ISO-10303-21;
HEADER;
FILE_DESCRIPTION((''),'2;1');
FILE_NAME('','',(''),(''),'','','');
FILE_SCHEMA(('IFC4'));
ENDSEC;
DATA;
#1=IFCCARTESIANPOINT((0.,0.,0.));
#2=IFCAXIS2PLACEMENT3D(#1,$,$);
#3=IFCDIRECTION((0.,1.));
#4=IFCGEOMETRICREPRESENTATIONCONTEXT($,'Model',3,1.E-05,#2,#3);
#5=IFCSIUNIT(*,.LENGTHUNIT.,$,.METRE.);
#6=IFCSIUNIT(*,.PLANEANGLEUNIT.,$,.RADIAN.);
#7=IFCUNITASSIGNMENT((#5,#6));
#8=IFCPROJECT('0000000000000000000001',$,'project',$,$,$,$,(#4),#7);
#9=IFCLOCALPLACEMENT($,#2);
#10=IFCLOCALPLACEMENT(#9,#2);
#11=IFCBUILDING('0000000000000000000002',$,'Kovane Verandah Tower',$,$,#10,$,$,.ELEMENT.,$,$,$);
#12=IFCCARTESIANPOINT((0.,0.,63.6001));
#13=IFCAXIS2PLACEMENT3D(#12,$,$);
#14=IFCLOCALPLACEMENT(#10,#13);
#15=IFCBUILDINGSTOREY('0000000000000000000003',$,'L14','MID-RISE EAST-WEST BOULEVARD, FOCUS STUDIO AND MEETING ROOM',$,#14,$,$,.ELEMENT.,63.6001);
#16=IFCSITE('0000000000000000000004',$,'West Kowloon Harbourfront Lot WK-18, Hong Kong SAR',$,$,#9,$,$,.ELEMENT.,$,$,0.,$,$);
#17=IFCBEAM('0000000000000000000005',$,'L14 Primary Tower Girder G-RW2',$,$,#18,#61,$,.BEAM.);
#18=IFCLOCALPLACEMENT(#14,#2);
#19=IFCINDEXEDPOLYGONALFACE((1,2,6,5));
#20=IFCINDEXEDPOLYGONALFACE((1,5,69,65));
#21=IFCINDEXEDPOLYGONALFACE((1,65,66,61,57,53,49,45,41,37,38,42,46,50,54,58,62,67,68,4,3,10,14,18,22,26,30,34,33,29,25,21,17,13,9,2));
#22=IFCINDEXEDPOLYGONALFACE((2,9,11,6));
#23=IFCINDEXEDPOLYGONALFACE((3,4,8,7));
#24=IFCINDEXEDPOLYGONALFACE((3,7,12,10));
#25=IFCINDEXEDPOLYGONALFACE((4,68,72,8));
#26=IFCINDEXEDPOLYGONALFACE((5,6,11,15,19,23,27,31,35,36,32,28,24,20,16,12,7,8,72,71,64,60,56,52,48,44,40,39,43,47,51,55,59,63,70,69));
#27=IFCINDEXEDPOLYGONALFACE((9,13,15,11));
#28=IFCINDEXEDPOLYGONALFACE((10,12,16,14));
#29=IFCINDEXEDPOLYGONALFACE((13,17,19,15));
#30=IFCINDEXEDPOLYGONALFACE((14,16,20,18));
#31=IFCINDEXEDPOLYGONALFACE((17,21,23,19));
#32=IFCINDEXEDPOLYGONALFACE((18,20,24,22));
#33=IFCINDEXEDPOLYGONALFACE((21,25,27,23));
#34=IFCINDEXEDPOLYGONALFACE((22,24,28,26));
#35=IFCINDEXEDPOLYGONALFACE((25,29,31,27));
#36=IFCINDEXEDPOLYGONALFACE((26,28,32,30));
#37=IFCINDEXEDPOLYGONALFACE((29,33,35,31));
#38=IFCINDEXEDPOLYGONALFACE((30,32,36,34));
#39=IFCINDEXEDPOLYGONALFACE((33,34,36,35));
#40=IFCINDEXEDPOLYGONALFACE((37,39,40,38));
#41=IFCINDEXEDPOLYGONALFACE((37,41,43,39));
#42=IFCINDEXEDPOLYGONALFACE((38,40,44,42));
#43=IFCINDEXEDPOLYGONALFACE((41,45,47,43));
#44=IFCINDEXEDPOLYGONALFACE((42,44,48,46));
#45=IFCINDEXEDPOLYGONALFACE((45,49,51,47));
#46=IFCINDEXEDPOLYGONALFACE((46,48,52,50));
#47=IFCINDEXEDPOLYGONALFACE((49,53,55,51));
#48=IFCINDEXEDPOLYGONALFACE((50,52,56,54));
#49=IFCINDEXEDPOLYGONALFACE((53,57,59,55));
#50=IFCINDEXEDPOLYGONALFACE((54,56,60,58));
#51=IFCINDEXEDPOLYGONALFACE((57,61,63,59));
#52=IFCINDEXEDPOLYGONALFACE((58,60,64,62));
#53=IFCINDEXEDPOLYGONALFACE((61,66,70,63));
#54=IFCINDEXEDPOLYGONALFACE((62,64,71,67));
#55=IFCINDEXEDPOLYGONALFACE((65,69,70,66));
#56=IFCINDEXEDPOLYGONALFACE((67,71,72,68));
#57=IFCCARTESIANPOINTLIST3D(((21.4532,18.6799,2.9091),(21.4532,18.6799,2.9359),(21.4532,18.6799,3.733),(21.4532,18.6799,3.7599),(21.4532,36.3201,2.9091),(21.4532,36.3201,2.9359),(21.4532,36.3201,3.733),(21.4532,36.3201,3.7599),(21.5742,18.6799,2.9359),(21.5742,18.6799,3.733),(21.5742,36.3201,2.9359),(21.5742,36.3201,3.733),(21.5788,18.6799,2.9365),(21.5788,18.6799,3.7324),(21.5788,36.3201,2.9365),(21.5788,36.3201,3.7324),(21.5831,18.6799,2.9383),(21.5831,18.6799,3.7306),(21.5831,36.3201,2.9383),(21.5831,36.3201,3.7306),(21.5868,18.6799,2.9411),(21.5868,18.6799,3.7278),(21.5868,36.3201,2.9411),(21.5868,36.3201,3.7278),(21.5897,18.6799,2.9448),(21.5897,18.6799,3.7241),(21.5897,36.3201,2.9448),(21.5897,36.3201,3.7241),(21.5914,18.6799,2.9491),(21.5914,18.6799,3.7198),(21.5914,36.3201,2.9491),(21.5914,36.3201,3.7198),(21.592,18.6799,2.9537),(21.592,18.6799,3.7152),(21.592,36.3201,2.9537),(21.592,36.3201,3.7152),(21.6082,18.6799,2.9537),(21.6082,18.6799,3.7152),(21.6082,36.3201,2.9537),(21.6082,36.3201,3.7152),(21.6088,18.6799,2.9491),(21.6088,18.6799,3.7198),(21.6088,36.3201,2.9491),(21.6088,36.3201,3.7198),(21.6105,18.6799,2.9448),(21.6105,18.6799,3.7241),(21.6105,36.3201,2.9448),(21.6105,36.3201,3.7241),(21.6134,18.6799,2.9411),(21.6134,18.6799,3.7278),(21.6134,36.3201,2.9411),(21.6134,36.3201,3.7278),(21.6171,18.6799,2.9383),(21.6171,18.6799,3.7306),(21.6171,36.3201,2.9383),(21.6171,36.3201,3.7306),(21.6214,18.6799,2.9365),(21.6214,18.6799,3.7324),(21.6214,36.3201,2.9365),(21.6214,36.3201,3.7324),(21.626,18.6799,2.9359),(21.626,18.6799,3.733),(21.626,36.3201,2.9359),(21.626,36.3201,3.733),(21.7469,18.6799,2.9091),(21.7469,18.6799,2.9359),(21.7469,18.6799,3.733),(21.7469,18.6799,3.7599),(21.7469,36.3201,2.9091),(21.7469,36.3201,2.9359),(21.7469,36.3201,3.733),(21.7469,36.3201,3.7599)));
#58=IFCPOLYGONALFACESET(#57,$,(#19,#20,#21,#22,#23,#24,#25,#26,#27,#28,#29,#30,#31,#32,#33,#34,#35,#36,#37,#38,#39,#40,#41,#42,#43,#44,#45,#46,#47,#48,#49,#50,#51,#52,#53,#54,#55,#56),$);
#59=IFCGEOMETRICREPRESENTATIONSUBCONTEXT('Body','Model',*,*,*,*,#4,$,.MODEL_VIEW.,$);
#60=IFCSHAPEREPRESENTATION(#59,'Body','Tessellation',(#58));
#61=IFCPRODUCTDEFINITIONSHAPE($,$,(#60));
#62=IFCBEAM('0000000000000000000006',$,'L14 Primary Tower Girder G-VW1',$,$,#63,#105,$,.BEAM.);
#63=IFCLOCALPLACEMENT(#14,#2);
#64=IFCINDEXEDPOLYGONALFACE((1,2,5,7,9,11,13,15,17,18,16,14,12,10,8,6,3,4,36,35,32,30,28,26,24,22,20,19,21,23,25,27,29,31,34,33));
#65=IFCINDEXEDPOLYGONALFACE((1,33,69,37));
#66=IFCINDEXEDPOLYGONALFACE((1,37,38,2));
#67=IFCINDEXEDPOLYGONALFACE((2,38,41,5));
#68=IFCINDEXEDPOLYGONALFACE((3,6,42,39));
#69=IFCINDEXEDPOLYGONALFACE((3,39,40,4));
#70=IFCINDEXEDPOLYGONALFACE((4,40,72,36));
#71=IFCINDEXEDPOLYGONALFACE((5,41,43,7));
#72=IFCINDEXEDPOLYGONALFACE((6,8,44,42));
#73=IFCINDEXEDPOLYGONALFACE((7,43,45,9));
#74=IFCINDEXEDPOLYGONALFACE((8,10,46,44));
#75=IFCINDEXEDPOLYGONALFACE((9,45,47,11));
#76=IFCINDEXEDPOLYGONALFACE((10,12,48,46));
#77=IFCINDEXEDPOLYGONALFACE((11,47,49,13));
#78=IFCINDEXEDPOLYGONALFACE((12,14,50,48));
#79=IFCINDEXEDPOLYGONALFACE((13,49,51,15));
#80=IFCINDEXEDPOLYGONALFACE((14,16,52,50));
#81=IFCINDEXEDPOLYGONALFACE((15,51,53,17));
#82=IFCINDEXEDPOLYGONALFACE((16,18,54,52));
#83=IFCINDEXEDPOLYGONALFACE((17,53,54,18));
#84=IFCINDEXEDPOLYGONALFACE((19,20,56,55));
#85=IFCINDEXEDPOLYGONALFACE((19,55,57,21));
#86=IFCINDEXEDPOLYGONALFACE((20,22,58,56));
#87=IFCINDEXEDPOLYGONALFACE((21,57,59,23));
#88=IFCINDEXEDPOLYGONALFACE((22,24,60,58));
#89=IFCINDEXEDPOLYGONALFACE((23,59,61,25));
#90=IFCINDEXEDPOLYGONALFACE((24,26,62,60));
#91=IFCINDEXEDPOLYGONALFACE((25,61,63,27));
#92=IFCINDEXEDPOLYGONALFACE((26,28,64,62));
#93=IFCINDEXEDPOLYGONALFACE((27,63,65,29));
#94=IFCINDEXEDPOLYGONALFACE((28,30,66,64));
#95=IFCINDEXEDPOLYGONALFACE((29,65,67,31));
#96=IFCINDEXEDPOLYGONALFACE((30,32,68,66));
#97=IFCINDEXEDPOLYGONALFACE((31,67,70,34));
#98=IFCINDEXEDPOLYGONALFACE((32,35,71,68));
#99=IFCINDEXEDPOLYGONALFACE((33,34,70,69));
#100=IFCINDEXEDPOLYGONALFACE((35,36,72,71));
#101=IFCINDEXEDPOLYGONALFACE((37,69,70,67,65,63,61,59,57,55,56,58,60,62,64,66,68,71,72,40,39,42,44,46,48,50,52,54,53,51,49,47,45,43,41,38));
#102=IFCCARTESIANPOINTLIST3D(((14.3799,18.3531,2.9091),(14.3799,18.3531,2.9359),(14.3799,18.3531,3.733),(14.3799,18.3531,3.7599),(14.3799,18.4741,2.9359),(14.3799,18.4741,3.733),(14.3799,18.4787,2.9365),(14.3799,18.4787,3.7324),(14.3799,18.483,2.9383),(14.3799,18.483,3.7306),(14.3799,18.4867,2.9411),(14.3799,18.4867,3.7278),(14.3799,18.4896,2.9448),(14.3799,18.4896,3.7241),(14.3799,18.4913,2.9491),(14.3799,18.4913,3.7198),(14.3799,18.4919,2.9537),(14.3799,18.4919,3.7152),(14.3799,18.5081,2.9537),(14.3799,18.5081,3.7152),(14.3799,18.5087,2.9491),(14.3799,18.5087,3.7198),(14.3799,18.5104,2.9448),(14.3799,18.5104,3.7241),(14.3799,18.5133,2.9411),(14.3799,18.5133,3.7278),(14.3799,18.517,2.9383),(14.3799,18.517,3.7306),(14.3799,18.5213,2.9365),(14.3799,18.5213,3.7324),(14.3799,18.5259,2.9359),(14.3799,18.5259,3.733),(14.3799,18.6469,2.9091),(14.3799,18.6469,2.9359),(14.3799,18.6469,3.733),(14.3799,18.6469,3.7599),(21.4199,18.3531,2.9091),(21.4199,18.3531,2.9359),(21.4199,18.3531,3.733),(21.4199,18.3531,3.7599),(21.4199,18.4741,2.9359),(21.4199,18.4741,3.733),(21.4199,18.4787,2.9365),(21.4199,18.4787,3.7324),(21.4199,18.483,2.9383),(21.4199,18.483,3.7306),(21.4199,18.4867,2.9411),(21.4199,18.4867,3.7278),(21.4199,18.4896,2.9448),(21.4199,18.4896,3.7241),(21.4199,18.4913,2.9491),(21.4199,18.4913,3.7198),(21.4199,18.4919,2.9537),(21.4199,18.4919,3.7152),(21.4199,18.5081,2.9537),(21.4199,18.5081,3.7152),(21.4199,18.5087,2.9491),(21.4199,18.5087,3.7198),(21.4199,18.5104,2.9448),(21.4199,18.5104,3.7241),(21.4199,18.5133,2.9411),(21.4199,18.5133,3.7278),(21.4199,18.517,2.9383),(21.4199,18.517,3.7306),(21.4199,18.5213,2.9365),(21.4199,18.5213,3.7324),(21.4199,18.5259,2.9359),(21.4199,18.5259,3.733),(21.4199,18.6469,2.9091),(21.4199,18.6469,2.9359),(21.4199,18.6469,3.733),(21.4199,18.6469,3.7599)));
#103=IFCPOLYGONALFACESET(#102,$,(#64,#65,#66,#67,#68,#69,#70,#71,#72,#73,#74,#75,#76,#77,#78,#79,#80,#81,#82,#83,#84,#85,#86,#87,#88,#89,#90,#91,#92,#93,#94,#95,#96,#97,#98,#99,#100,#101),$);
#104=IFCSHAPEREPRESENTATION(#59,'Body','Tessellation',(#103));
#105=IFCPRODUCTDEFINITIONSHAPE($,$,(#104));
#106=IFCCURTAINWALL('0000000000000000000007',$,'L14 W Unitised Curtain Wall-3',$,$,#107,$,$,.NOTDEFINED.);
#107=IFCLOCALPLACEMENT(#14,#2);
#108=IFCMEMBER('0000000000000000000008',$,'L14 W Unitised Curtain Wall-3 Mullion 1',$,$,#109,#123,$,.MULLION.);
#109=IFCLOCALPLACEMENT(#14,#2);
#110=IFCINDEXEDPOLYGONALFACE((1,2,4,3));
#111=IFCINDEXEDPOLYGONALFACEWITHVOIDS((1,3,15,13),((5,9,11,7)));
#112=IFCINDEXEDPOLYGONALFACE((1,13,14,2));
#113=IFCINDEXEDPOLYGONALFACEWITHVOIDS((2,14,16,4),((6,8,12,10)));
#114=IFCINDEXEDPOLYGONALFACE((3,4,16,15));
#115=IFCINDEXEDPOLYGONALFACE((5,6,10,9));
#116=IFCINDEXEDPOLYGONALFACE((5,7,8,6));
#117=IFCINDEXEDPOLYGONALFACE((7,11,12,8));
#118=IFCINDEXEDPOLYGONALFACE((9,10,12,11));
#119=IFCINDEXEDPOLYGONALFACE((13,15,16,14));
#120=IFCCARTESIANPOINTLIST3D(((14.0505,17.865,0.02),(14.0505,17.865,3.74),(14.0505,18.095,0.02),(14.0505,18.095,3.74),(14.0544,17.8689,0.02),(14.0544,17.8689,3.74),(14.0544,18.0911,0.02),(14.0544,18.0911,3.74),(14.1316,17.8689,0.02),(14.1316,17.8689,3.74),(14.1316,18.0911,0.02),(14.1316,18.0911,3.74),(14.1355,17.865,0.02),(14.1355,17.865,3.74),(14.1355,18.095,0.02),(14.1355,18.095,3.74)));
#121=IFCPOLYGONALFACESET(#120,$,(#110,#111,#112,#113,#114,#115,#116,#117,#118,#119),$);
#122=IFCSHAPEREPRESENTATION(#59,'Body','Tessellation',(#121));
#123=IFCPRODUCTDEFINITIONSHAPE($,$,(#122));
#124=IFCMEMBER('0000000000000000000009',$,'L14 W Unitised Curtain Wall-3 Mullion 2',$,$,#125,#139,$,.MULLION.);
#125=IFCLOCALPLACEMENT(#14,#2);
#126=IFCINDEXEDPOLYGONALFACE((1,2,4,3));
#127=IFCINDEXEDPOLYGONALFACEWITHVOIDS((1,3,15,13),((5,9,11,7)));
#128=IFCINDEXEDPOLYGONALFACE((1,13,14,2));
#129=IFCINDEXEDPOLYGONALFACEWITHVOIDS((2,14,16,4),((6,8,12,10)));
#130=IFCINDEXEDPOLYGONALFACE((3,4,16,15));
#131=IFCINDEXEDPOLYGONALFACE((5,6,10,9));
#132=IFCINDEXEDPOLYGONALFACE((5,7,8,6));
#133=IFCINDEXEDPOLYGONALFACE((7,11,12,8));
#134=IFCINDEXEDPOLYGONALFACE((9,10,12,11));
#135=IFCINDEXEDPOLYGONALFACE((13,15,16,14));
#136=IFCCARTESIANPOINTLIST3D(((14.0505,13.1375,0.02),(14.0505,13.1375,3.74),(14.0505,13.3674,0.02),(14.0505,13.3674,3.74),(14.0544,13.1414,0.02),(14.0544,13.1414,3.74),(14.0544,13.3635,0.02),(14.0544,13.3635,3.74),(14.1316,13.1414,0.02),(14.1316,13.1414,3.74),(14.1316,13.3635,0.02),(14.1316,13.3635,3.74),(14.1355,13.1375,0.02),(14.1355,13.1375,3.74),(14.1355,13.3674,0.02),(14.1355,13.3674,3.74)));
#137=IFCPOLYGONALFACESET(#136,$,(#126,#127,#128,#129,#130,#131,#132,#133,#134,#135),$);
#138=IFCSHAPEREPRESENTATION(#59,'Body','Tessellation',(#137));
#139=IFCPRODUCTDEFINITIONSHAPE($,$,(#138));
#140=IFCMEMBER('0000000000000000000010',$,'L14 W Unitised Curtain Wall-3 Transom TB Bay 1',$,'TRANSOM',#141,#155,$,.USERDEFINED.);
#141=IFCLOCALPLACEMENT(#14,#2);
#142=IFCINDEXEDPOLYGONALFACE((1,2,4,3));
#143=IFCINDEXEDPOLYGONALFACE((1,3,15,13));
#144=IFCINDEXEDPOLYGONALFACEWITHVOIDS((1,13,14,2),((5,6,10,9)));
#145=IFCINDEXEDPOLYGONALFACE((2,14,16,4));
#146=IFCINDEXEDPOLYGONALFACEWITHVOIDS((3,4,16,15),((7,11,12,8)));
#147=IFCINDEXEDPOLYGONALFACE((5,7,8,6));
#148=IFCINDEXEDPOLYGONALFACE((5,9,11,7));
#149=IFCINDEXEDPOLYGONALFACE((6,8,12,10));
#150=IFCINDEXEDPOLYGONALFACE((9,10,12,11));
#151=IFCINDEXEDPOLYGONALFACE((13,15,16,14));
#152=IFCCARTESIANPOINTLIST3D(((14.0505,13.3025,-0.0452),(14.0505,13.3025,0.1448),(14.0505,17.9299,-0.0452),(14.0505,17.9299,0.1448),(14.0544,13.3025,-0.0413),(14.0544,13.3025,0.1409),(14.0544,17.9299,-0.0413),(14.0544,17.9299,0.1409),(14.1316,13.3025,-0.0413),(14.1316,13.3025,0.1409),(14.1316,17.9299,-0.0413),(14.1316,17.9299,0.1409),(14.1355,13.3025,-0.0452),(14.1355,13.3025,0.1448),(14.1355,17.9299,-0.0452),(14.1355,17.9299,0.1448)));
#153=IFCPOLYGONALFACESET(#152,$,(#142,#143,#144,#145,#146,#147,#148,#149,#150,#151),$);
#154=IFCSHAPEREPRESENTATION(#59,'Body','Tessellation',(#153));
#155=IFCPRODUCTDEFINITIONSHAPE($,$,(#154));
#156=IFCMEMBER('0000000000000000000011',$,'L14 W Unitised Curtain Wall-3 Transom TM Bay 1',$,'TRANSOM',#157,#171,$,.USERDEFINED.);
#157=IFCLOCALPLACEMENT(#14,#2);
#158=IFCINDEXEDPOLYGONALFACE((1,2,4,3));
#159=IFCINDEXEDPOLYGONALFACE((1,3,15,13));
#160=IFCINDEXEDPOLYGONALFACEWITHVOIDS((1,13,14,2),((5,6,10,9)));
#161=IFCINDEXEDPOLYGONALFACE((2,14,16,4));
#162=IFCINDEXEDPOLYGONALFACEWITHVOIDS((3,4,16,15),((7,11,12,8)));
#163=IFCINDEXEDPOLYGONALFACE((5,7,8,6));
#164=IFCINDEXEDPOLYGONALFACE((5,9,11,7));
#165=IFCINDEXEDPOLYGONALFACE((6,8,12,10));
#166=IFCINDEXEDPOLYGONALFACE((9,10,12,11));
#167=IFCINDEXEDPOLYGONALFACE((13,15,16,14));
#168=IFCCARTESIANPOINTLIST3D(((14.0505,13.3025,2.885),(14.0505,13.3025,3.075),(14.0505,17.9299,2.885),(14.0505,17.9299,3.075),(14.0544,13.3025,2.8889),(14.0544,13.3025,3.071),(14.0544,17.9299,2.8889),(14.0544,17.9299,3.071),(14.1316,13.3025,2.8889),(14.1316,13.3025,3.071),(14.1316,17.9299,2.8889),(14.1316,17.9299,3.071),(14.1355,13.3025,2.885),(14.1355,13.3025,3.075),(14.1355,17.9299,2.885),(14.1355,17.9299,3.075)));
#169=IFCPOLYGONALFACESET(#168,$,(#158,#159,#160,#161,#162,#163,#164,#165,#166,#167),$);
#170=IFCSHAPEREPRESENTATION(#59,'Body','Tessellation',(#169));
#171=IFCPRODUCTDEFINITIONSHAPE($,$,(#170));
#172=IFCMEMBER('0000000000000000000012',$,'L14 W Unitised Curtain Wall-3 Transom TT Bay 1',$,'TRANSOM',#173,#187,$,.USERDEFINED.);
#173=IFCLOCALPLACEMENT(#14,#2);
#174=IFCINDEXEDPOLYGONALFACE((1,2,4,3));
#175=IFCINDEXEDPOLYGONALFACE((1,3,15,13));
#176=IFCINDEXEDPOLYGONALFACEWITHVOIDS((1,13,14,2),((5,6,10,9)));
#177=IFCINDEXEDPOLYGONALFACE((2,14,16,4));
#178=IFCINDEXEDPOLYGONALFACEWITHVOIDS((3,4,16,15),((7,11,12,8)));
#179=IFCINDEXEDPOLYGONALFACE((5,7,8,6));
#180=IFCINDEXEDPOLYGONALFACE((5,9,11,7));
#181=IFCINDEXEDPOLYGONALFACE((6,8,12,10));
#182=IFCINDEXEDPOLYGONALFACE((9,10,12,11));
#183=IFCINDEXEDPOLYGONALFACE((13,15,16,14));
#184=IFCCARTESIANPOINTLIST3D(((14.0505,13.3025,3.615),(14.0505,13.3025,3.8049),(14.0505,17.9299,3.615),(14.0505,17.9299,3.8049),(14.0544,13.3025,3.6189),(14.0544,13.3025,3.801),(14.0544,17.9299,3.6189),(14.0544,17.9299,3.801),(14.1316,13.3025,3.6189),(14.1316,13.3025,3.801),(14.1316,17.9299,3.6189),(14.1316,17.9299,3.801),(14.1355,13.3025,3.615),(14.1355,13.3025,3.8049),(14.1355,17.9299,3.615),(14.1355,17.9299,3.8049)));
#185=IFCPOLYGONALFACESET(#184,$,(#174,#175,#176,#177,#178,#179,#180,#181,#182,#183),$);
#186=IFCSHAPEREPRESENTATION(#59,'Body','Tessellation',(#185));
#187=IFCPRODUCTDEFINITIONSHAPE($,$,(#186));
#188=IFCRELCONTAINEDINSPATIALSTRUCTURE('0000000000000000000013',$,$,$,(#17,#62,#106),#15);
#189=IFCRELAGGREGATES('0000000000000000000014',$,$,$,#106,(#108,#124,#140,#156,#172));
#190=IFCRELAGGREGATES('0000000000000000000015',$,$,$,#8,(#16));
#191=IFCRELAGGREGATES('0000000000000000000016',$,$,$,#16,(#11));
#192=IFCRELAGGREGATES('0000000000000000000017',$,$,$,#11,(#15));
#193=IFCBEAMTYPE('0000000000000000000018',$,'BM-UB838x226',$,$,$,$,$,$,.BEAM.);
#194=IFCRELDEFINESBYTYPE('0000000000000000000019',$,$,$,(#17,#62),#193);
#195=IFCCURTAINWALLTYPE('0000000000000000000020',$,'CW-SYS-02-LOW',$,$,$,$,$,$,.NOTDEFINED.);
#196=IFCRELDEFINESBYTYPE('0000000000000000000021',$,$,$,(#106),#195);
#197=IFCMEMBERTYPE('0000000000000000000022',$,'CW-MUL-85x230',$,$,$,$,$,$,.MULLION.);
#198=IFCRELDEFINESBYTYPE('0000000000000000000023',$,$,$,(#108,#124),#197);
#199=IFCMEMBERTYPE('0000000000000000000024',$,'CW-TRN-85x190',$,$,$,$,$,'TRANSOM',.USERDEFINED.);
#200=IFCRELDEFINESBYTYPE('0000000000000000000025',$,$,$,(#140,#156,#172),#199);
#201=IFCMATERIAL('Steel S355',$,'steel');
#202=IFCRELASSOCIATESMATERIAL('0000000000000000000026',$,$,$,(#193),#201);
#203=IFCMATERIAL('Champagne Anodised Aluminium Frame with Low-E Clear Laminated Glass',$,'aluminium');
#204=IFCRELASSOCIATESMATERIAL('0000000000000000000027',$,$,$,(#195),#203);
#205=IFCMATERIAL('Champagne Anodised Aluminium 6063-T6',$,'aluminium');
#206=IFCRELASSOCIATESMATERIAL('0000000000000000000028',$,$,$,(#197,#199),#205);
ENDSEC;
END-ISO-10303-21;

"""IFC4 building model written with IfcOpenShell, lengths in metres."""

from ifc_helpers import new_model, si_unit, direction, frame, origin, origin_2d, place, context, subcontext, project, spatial, hollow_rectangle, i_section, extrude, material, material_profile, profile_set, type_object, element, aggregate, save


model = new_model("IFC4")

# Units and contexts
model_context = context("Model", 3, precision=1e-05, world=origin(), true_north=direction((0.0, 1.0)))
body_context = subcontext(model_context, "Body", "Model", "MODEL_VIEW")
ifc_project = project(units=[si_unit("LENGTHUNIT", "METRE"), si_unit("PLANEANGLEUNIT", "RADIAN")], contexts=[model_context])

# Site, building, storey
site_placement = place(None, origin())
site = spatial("IfcSite", under=ifc_project, at=site_placement, Name="West Kowloon Harbourfront Lot WK-18, Hong Kong SAR", CompositionType="ELEMENT", RefElevation=0.0)
building_placement = place(site_placement, origin())
building = spatial("IfcBuilding", under=site, at=building_placement, Name="Kovane Verandah Tower", CompositionType="ELEMENT")
storey_placement = place(building_placement, frame((0.0, 0.0, 63.6001)))
storey = spatial("IfcBuildingStorey", under=building, at=storey_placement, Name="L14", Description="MID-RISE EAST-WEST BOULEVARD, FOCUS STUDIO AND MEETING ROOM", CompositionType="ELEMENT", Elevation=63.6001)

# Beams
ifc_material_1 = material(Name="Steel S355", Category="steel")
ifc_material_profile_1 = material_profile(ifc_material_1, i_section(OverallWidth=0.2937, OverallDepth=0.8508, WebThickness=0.0161, FlangeThickness=0.0269, FilletRadius=0.0178, at=origin_2d()), Name="UB838x292x226")
ifc_profile_set_1 = profile_set([ifc_material_profile_1], Name="Steel S355")
beam_type_1 = type_object("IfcBeamType", Name="BM-UB838x226", PredefinedType="BEAM", material=ifc_profile_set_1)
beam_1_placement = place(storey_placement, frame((21.6001, 18.6799, 3.3345), z_axis=(0.0, 1.0, 0.0), x_axis=(-1.0, 0.0, 0.0)))
element("IfcBeam", 1, at=beam_1_placement, inside=storey, type_object=beam_type_1, Name="L14 Primary Tower Girder G-RW2", PredefinedType="BEAM", context=body_context, shape_type="SweptSolid", body=[
    extrude(i_section(OverallWidth=0.2937, OverallDepth=0.8508, WebThickness=0.0161, FlangeThickness=0.0269, FilletRadius=0.0178, at=origin_2d()), origin(), (0.0, 0.0, 1.0), 17.6401),
])
beam_2_placement = place(storey_placement, frame((21.4199, 18.5, 3.3345), z_axis=(-1.0, 0.0, 0.0), x_axis=(0.0, -1.0, 0.0)))
element("IfcBeam", 2, at=beam_2_placement, inside=storey, type_object=beam_type_1, Name="L14 Primary Tower Girder G-VW1", PredefinedType="BEAM", context=body_context, shape_type="SweptSolid", body=[
    extrude(i_section(OverallWidth=0.2937, OverallDepth=0.8508, WebThickness=0.0161, FlangeThickness=0.0269, FilletRadius=0.0178, at=origin_2d()), origin(), (0.0, 0.0, 1.0), 7.04),
])

# Curtain wall, members
ifc_material_2 = material(Name="Champagne Anodised Aluminium Frame with Low-E Clear Laminated Glass", Category="aluminium")
curtain_wall_type = type_object("IfcCurtainWallType", Name="CW-SYS-02-LOW", PredefinedType="NOTDEFINED", material=ifc_material_2)
curtain_wall_placement = place(storey_placement, origin())
curtain_wall = element("IfcCurtainWall", 3, at=curtain_wall_placement, inside=storey, type_object=curtain_wall_type, Name="L14 W Unitised Curtain Wall-3", PredefinedType="NOTDEFINED")
ifc_material_3 = material(Name="Champagne Anodised Aluminium 6063-T6", Category="aluminium")
ifc_material_profile_2 = material_profile(ifc_material_3, hollow_rectangle(XDim=0.085, YDim=0.23, WallThickness=0.0039, at=origin_2d()), Name="AL85x230x4")
ifc_profile_set_2 = profile_set([ifc_material_profile_2], Name="Champagne Anodised Aluminium 6063-T6")
member_type_1 = type_object("IfcMemberType", Name="CW-MUL-85x230", PredefinedType="MULLION", material=ifc_profile_set_2)
member_1_placement = place(storey_placement, frame((14.093, 17.98, 0.02), z_axis=(0.0, 0.0, 1.0), x_axis=(-1.0, 0.0, 0.0)))
member_1 = element("IfcMember", 4, at=member_1_placement, type_object=member_type_1, Name="L14 W Unitised Curtain Wall-3 Mullion 1", PredefinedType="MULLION", context=body_context, shape_type="SweptSolid", body=[
    extrude(hollow_rectangle(XDim=0.085, YDim=0.23, WallThickness=0.0039, at=origin_2d()), origin(), (0.0, 0.0, 1.0), 3.72),
])
member_2_placement = place(storey_placement, frame((14.093, 13.2524, 0.02), z_axis=(0.0, 0.0, 1.0), x_axis=(-1.0, 0.0, 0.0)))
member_2 = element("IfcMember", 5, at=member_2_placement, type_object=member_type_1, Name="L14 W Unitised Curtain Wall-3 Mullion 2", PredefinedType="MULLION", context=body_context, shape_type="SweptSolid", body=[
    extrude(hollow_rectangle(XDim=0.085, YDim=0.23, WallThickness=0.0039, at=origin_2d()), origin(), (0.0, 0.0, 1.0), 3.72),
])
ifc_material_profile_3 = material_profile(ifc_material_3, hollow_rectangle(XDim=0.085, YDim=0.1899, WallThickness=0.0039, at=origin_2d()), Name="AL85x190x4")
ifc_profile_set_3 = profile_set([ifc_material_profile_3], Name="Champagne Anodised Aluminium 6063-T6")
member_type_2 = type_object("IfcMemberType", Name="CW-TRN-85x190", ElementType="TRANSOM", PredefinedType="USERDEFINED", material=ifc_profile_set_3)
member_3_placement = place(storey_placement, frame((14.093, 17.9299, 0.0498), z_axis=(0.0, -1.0, 0.0), x_axis=(1.0, 0.0, 0.0)))
member_3 = element("IfcMember", 6, at=member_3_placement, type_object=member_type_2, Name="L14 W Unitised Curtain Wall-3 Transom TB Bay 1", ObjectType="TRANSOM", PredefinedType="USERDEFINED", context=body_context, shape_type="SweptSolid", body=[
    extrude(hollow_rectangle(XDim=0.085, YDim=0.1899, WallThickness=0.0039, at=origin_2d()), origin(), (0.0, 0.0, 1.0), 4.6274),
])
member_4_placement = place(storey_placement, frame((14.093, 17.9299, 2.98), z_axis=(0.0, -1.0, 0.0), x_axis=(1.0, 0.0, 0.0)))
member_4 = element("IfcMember", 7, at=member_4_placement, type_object=member_type_2, Name="L14 W Unitised Curtain Wall-3 Transom TM Bay 1", ObjectType="TRANSOM", PredefinedType="USERDEFINED", context=body_context, shape_type="SweptSolid", body=[
    extrude(hollow_rectangle(XDim=0.085, YDim=0.1899, WallThickness=0.0039, at=origin_2d()), origin(), (0.0, 0.0, 1.0), 4.6274),
])
member_5_placement = place(storey_placement, frame((14.093, 17.9299, 3.71), z_axis=(0.0, -1.0, 0.0), x_axis=(1.0, 0.0, 0.0)))
member_5 = element("IfcMember", 8, at=member_5_placement, type_object=member_type_2, Name="L14 W Unitised Curtain Wall-3 Transom TT Bay 1", ObjectType="TRANSOM", PredefinedType="USERDEFINED", context=body_context, shape_type="SweptSolid", body=[
    extrude(hollow_rectangle(XDim=0.085, YDim=0.1899, WallThickness=0.0039, at=origin_2d()), origin(), (0.0, 0.0, 1.0), 4.6274),
])

aggregate(curtain_wall, [member_1, member_2, member_3, member_4, member_5])

save(model, "model.ifc")
